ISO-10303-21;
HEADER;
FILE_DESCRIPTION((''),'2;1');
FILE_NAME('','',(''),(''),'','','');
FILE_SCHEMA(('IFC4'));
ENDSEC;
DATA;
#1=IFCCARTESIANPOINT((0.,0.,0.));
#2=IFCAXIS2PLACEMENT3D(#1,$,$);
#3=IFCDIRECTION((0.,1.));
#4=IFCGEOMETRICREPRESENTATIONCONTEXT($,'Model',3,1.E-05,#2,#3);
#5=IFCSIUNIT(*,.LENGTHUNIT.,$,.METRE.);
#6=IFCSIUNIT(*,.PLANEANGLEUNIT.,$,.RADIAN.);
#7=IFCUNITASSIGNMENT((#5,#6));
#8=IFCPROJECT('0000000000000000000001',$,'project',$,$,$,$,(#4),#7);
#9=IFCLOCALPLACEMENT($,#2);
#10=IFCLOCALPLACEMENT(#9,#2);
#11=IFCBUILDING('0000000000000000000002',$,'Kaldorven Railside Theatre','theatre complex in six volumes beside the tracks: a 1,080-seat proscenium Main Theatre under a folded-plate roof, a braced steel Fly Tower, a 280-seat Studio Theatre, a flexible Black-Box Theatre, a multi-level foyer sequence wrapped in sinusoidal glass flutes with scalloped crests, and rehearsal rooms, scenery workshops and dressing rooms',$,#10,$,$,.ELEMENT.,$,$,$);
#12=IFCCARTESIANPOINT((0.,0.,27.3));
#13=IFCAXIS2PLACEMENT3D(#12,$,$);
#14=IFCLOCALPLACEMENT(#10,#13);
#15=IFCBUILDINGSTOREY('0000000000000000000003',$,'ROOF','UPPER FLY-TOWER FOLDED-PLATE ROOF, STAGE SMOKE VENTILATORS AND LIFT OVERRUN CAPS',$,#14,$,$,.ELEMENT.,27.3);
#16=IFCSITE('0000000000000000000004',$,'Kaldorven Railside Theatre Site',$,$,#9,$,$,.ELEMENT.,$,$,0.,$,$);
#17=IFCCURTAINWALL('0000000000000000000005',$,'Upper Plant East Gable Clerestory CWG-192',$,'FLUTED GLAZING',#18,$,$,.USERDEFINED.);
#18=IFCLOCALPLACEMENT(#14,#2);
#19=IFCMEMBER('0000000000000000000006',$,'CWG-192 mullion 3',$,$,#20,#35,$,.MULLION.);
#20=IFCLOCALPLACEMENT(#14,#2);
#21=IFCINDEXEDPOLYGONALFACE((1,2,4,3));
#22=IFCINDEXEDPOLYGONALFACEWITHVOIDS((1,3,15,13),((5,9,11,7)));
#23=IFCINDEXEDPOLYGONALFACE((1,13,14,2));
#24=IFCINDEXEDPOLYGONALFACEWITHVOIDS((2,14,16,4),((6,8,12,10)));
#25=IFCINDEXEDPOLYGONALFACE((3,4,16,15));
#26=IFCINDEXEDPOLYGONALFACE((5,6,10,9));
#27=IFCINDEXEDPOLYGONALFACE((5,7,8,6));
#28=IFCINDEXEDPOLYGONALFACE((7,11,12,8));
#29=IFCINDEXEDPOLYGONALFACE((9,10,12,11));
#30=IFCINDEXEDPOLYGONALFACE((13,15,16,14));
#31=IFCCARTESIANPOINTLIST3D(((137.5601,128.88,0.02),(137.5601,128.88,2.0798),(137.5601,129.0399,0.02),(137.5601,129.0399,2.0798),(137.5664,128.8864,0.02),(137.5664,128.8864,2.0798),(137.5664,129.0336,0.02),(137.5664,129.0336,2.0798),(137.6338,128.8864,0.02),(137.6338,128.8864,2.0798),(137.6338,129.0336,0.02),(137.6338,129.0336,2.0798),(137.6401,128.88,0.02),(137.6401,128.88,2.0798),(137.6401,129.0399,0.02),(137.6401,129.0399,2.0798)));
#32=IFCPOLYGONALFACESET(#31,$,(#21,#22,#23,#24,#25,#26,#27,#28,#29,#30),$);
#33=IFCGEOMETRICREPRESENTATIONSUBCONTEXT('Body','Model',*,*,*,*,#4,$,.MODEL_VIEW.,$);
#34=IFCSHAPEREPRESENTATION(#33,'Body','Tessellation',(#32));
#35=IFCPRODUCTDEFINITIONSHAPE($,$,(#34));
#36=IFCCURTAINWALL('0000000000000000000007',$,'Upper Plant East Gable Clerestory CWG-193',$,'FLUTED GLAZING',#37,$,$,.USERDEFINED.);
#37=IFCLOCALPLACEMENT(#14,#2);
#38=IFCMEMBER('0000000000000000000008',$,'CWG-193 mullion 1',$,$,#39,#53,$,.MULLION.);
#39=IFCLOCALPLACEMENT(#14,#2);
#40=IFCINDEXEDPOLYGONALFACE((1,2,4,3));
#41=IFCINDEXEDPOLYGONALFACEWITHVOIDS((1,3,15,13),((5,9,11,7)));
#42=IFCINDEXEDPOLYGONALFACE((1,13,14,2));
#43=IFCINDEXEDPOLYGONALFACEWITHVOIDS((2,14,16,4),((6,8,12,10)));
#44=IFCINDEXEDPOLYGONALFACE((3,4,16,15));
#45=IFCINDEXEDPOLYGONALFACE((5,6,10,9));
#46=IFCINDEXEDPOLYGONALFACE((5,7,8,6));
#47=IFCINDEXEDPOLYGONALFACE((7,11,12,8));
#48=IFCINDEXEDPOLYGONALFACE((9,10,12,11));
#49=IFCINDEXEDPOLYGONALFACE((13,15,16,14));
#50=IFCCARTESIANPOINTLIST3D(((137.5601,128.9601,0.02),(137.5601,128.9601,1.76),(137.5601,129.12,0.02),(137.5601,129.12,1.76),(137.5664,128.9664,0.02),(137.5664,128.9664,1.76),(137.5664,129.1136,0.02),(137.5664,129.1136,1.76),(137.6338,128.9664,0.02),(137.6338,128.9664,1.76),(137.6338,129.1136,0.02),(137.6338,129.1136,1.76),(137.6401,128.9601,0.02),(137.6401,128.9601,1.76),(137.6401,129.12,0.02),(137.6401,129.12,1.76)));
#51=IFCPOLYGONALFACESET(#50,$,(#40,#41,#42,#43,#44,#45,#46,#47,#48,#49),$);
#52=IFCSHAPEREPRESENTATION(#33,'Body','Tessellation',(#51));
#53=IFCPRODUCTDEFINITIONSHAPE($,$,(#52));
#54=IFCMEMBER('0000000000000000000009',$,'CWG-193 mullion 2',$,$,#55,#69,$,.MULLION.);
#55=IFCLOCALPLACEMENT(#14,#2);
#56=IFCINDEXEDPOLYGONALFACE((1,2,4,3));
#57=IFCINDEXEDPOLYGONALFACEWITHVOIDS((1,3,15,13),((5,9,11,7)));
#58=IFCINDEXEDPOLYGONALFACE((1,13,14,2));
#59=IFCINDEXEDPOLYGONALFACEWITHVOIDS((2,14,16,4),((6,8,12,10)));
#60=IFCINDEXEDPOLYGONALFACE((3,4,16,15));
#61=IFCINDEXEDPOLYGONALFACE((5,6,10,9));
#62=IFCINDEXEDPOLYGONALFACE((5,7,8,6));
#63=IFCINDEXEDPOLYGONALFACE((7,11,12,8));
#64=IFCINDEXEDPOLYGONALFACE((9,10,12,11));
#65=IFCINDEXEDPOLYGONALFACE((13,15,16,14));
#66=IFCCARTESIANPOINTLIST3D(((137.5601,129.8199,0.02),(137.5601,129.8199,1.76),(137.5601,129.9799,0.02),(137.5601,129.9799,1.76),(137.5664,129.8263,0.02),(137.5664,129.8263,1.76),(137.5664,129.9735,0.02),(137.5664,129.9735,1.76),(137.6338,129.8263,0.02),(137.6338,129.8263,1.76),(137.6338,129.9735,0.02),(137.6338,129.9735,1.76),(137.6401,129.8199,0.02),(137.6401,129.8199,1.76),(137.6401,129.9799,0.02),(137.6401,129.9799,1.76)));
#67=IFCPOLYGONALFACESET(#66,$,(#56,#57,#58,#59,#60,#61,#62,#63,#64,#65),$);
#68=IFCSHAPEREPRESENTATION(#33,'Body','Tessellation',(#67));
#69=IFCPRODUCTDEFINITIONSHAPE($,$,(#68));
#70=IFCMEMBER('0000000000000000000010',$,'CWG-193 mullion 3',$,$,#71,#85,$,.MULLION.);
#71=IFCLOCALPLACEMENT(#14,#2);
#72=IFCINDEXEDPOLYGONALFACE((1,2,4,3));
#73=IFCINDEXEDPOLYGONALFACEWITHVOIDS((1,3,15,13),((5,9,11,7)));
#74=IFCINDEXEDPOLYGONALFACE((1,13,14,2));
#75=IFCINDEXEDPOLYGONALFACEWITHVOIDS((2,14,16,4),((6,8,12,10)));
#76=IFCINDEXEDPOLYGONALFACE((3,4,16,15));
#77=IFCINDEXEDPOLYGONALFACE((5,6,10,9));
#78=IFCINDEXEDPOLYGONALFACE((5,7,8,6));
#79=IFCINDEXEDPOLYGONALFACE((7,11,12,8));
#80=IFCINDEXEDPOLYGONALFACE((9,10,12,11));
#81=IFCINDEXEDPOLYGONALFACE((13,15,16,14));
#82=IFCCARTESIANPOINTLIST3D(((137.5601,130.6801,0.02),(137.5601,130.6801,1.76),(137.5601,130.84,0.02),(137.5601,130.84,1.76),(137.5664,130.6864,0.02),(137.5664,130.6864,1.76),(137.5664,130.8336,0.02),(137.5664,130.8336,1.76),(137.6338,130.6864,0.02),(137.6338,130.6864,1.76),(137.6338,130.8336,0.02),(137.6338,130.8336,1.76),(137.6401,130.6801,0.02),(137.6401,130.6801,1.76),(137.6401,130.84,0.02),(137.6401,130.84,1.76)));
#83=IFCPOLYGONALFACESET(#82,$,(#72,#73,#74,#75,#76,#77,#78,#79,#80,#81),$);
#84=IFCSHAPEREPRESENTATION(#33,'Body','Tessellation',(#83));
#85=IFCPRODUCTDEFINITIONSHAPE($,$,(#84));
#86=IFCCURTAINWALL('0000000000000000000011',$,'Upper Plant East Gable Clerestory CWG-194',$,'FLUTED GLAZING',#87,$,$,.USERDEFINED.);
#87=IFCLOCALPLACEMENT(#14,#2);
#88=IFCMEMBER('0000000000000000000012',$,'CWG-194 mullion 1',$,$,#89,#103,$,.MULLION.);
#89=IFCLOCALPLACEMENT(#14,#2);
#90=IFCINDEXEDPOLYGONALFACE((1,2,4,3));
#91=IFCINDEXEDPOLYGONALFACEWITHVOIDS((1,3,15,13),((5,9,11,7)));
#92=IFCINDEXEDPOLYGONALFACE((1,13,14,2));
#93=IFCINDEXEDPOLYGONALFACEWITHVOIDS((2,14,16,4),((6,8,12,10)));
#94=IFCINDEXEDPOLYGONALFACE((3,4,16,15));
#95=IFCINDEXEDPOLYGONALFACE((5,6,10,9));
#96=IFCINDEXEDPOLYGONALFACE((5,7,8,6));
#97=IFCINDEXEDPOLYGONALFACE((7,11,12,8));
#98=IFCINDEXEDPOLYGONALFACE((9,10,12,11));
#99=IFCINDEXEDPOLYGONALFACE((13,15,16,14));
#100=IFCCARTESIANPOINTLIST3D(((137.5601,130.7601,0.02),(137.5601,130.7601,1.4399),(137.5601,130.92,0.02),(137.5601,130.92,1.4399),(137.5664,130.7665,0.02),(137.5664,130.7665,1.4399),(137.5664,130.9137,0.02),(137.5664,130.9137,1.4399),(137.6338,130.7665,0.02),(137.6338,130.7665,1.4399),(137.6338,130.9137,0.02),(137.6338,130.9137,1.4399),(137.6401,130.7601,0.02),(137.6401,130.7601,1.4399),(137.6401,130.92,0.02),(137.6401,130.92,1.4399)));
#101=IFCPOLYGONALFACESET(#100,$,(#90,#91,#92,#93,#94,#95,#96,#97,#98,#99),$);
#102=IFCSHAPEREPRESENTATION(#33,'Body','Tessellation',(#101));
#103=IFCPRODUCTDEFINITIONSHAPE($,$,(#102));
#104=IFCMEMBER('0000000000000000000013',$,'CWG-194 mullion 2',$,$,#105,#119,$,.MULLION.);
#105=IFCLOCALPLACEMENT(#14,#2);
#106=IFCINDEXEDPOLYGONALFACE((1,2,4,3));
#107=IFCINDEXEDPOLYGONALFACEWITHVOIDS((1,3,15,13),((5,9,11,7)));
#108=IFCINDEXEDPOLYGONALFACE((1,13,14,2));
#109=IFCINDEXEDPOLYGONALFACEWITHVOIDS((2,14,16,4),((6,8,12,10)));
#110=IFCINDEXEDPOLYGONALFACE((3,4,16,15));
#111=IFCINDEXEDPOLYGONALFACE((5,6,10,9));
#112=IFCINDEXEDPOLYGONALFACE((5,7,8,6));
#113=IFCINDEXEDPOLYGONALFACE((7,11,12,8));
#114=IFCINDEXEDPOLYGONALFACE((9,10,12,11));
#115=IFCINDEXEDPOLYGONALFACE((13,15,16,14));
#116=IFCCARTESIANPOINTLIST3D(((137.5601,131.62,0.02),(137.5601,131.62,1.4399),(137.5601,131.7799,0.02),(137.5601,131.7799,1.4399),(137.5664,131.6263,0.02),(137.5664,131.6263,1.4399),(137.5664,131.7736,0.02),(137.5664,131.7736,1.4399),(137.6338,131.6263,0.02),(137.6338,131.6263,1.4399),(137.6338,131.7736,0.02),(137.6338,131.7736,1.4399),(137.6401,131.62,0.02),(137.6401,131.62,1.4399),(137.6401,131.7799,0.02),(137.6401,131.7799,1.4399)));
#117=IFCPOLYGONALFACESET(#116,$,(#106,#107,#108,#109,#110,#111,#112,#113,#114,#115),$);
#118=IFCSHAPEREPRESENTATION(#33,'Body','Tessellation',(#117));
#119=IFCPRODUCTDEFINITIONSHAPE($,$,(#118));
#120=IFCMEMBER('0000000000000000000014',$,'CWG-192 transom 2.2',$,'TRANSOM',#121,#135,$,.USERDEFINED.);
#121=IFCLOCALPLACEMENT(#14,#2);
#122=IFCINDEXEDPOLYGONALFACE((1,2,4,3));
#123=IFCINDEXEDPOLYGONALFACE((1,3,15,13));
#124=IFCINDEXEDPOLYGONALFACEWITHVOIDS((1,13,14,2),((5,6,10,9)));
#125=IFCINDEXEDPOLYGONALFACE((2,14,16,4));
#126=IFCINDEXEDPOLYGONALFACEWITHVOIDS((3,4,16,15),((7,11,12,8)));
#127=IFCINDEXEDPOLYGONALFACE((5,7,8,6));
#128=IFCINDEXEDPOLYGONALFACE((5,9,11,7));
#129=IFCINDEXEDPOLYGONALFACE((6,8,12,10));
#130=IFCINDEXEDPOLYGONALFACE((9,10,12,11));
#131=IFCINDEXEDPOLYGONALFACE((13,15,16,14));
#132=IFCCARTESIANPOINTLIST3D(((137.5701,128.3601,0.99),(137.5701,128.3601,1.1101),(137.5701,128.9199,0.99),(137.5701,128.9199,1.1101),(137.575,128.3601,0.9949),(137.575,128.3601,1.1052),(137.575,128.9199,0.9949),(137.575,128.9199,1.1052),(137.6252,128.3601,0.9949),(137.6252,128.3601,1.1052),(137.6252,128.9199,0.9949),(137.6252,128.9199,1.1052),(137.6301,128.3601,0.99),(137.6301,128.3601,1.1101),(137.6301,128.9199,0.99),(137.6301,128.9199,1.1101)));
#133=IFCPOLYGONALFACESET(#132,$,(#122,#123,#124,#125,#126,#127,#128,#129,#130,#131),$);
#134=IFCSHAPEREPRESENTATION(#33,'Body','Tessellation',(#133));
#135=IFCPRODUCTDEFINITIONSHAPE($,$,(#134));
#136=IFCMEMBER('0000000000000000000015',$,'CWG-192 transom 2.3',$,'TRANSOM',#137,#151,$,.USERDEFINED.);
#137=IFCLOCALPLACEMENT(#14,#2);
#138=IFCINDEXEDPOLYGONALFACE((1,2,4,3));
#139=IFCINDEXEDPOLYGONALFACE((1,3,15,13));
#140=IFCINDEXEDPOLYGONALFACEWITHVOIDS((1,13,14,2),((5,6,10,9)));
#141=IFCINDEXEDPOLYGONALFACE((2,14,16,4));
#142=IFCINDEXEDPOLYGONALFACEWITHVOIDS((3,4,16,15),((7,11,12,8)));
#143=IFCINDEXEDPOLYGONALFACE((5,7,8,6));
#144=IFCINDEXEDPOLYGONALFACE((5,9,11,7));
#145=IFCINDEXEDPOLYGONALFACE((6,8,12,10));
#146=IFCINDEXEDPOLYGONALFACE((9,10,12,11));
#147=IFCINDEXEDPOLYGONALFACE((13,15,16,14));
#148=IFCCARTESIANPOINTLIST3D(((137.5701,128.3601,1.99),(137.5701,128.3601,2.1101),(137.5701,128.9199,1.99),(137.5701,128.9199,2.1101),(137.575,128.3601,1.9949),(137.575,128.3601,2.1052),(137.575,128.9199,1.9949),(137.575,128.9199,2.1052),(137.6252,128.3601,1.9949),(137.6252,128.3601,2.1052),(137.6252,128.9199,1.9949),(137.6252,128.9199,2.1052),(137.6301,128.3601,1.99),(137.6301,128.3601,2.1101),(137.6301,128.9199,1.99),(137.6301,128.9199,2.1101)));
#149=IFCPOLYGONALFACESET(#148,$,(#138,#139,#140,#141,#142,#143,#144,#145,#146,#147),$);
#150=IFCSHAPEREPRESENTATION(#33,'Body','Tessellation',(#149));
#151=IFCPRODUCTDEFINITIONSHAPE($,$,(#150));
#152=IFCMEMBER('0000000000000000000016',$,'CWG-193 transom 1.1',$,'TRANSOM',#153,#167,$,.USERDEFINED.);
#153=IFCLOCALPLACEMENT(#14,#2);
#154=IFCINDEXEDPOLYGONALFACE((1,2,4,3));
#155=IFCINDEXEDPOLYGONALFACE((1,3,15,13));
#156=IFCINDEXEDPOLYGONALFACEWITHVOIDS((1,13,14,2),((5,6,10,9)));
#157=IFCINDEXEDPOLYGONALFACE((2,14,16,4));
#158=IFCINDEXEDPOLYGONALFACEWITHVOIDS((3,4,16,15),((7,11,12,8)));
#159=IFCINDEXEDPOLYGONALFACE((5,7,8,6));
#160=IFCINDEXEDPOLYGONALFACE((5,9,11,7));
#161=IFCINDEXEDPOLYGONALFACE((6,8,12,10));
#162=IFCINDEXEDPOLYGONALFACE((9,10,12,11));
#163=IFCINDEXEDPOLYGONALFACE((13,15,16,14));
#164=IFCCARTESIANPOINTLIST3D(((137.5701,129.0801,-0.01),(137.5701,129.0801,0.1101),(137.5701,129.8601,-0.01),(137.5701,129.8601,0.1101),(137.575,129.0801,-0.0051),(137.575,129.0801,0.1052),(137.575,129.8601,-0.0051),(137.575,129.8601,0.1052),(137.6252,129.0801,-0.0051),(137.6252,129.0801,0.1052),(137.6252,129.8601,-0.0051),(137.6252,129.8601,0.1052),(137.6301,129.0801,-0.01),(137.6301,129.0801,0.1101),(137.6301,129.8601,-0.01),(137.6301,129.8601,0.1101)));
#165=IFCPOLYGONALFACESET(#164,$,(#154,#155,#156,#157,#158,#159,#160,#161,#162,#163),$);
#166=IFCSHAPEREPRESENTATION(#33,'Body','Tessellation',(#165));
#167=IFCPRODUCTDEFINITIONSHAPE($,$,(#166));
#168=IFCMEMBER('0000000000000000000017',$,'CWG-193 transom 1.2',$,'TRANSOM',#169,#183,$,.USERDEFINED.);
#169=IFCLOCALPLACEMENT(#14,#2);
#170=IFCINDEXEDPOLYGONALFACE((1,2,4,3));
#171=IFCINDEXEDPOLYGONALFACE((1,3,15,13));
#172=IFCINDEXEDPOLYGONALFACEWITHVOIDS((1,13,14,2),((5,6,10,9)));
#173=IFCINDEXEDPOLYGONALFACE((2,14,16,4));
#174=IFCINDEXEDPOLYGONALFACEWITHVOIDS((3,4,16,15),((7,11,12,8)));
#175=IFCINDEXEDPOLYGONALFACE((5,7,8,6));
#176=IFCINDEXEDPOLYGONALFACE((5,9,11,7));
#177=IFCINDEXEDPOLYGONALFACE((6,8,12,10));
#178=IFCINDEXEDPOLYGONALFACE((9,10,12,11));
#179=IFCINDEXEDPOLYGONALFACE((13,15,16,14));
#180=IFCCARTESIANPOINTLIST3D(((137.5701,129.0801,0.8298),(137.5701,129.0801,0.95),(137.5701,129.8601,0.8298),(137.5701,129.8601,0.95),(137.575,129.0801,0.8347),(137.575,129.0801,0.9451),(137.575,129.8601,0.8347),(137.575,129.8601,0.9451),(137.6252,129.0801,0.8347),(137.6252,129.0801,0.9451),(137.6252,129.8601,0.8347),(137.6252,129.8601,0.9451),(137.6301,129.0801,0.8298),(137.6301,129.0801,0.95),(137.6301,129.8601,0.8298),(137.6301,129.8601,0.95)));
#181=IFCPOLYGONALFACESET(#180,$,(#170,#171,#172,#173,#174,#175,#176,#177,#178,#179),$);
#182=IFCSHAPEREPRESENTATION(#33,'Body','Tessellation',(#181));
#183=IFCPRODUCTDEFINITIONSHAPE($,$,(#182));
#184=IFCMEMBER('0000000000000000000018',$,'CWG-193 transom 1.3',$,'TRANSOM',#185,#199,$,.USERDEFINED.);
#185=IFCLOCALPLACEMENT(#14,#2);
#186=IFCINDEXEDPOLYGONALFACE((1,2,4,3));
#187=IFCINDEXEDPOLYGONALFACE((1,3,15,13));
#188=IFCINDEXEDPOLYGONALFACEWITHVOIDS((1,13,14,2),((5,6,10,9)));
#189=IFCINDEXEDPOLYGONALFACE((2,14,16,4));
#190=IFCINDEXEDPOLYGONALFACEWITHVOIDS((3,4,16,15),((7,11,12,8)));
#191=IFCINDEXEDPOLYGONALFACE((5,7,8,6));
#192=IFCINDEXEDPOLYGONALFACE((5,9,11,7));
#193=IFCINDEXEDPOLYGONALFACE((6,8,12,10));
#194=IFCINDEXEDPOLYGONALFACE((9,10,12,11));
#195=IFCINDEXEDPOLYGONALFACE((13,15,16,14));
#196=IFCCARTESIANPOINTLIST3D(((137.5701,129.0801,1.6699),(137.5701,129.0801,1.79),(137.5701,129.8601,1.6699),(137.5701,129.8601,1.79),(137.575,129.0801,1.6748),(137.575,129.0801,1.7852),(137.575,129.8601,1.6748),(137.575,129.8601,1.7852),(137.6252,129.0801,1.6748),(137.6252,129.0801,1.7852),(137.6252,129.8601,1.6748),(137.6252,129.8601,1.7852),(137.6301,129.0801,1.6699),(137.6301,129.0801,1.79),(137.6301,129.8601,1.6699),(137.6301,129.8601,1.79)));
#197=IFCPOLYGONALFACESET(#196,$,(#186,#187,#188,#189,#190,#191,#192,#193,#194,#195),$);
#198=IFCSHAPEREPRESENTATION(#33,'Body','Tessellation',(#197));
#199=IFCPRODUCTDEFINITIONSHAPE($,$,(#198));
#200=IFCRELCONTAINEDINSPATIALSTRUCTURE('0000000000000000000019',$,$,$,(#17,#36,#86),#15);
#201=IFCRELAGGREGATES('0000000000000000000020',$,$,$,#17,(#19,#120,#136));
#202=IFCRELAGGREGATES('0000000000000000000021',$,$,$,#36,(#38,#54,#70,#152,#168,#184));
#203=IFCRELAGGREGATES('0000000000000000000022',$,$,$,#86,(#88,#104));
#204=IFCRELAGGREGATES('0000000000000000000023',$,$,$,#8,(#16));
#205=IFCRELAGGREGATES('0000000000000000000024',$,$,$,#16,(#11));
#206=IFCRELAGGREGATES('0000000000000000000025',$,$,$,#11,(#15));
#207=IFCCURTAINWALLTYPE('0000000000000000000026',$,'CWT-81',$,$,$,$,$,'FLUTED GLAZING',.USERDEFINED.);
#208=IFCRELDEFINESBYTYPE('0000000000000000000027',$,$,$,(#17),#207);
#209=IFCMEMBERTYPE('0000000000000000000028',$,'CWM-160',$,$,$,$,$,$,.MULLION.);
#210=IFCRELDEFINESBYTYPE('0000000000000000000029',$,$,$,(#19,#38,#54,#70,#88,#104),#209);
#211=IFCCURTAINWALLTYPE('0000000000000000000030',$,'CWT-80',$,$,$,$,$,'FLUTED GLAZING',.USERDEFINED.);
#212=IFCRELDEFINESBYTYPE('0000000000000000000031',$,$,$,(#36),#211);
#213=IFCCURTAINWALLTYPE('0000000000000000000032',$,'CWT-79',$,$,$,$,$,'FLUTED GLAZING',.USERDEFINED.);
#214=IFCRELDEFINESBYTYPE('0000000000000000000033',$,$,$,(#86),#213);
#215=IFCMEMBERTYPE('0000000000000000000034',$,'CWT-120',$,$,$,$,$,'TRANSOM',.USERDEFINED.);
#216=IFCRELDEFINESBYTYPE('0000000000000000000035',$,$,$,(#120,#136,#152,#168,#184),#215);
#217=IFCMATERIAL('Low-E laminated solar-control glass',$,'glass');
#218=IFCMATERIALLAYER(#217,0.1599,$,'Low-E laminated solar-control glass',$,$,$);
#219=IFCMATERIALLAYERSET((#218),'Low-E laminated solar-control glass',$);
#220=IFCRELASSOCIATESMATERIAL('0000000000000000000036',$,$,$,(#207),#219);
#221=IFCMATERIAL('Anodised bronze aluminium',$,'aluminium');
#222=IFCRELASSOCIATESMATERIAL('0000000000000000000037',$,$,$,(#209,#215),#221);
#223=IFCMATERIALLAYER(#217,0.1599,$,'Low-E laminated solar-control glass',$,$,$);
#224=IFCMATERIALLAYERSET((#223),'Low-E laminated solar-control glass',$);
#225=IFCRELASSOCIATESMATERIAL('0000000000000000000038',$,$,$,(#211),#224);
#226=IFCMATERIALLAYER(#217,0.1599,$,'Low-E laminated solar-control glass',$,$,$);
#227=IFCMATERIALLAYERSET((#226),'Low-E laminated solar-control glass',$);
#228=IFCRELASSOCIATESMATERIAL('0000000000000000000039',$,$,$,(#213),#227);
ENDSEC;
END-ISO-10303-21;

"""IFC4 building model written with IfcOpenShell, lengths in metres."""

from ifc_helpers import new_model, si_unit, direction, frame, origin, origin_2d, place, context, subcontext, project, spatial, hollow_rectangle, extrude, material, layer, layer_set, material_profile, profile_set, type_object, element, aggregate, save


model = new_model("IFC4")

# Units and contexts
model_context = context("Model", 3, precision=1e-05, world=origin(), true_north=direction((0.0, 1.0)))
body_context = subcontext(model_context, "Body", "Model", "MODEL_VIEW")
ifc_project = project(units=[si_unit("LENGTHUNIT", "METRE"), si_unit("PLANEANGLEUNIT", "RADIAN")], contexts=[model_context])

# Site, building, storey
site_placement = place(None, origin())
site = spatial("IfcSite", under=ifc_project, at=site_placement, Name="Kaldorven Railside Theatre Site", CompositionType="ELEMENT", RefElevation=0.0)
building_placement = place(site_placement, origin())
building = spatial("IfcBuilding", under=site, at=building_placement, Name="Kaldorven Railside Theatre", Description="theatre complex in six volumes beside the tracks: a 1,080-seat proscenium Main Theatre under a folded-plate roof, a braced steel Fly Tower, a 280-seat Studio Theatre, a flexible Black-Box Theatre, a multi-level foyer sequence wrapped in sinusoidal glass flutes with scalloped crests, and rehearsal rooms, scenery workshops and dressing rooms", CompositionType="ELEMENT")
storey_placement = place(building_placement, frame((0.0, 0.0, 27.3)))
storey = spatial("IfcBuildingStorey", under=building, at=storey_placement, Name="ROOF", Description="UPPER FLY-TOWER FOLDED-PLATE ROOF, STAGE SMOKE VENTILATORS AND LIFT OVERRUN CAPS", CompositionType="ELEMENT", Elevation=27.3)

# Curtain wall, member
ifc_material_1 = material(Name="Low-E laminated solar-control glass", Category="glass")
ifc_layer_1 = layer(ifc_material_1, 0.1599, Name="Low-E laminated solar-control glass")
ifc_layer_set_1 = layer_set([ifc_layer_1], Name="Low-E laminated solar-control glass")
curtain_wall_type_1 = type_object("IfcCurtainWallType", Name="CWT-81", ElementType="FLUTED GLAZING", PredefinedType="USERDEFINED", material=ifc_layer_set_1)
curtain_wall_1_placement = place(storey_placement, origin())
curtain_wall_1 = element("IfcCurtainWall", 1, at=curtain_wall_1_placement, inside=storey, type_object=curtain_wall_type_1, Name="Upper Plant East Gable Clerestory CWG-192", ObjectType="FLUTED GLAZING", PredefinedType="USERDEFINED")
ifc_material_2 = material(Name="Anodised bronze aluminium", Category="aluminium")
ifc_material_profile_1 = material_profile(ifc_material_2, hollow_rectangle(XDim=0.0801, YDim=0.1599, WallThickness=0.0063, at=origin_2d()), Name="RHS 160x80x6.3")
ifc_profile_set_1 = profile_set([ifc_material_profile_1], Name="Anodised bronze aluminium")
member_type_1 = type_object("IfcMemberType", Name="CWM-160", PredefinedType="MULLION", material=ifc_profile_set_1)
member_1_placement = place(storey_placement, frame((137.6001, 128.96, 0.02), z_axis=(0.0, 0.0, 1.0), x_axis=(-1.0, 0.0, 0.0)))
member_1 = element("IfcMember", 2, at=member_1_placement, type_object=member_type_1, Name="CWG-192 mullion 3", PredefinedType="MULLION", context=body_context, shape_type="SweptSolid", body=[
    extrude(hollow_rectangle(XDim=0.0801, YDim=0.1599, WallThickness=0.0063, at=origin_2d()), origin(), (0.0, 0.0, 1.0), 2.0598),
])

# Curtain walls, members
ifc_layer_2 = layer(ifc_material_1, 0.1599, Name="Low-E laminated solar-control glass")
ifc_layer_set_2 = layer_set([ifc_layer_2], Name="Low-E laminated solar-control glass")
curtain_wall_type_2 = type_object("IfcCurtainWallType", Name="CWT-80", ElementType="FLUTED GLAZING", PredefinedType="USERDEFINED", material=ifc_layer_set_2)
curtain_wall_2_placement = place(storey_placement, origin())
curtain_wall_2 = element("IfcCurtainWall", 3, at=curtain_wall_2_placement, inside=storey, type_object=curtain_wall_type_2, Name="Upper Plant East Gable Clerestory CWG-193", ObjectType="FLUTED GLAZING", PredefinedType="USERDEFINED")
member_2_placement = place(storey_placement, frame((137.6001, 129.04, 0.02), z_axis=(0.0, 0.0, 1.0), x_axis=(-1.0, 0.0, 0.0)))
member_2 = element("IfcMember", 4, at=member_2_placement, type_object=member_type_1, Name="CWG-193 mullion 1", PredefinedType="MULLION", context=body_context, shape_type="SweptSolid", body=[
    extrude(hollow_rectangle(XDim=0.0801, YDim=0.1599, WallThickness=0.0063, at=origin_2d()), origin(), (0.0, 0.0, 1.0), 1.74),
])
member_3_placement = place(storey_placement, frame((137.6001, 129.8999, 0.02), z_axis=(0.0, 0.0, 1.0), x_axis=(-1.0, 0.0, 0.0)))
member_3 = element("IfcMember", 5, at=member_3_placement, type_object=member_type_1, Name="CWG-193 mullion 2", PredefinedType="MULLION", context=body_context, shape_type="SweptSolid", body=[
    extrude(hollow_rectangle(XDim=0.0801, YDim=0.1599, WallThickness=0.0063, at=origin_2d()), origin(), (0.0, 0.0, 1.0), 1.74),
])
member_4_placement = place(storey_placement, frame((137.6001, 130.76, 0.02), z_axis=(0.0, 0.0, 1.0), x_axis=(-1.0, 0.0, 0.0)))
member_4 = element("IfcMember", 6, at=member_4_placement, type_object=member_type_1, Name="CWG-193 mullion 3", PredefinedType="MULLION", context=body_context, shape_type="SweptSolid", body=[
    extrude(hollow_rectangle(XDim=0.0801, YDim=0.1599, WallThickness=0.0063, at=origin_2d()), origin(), (0.0, 0.0, 1.0), 1.74),
])
ifc_layer_3 = layer(ifc_material_1, 0.1599, Name="Low-E laminated solar-control glass")
ifc_layer_set_3 = layer_set([ifc_layer_3], Name="Low-E laminated solar-control glass")
curtain_wall_type_3 = type_object("IfcCurtainWallType", Name="CWT-79", ElementType="FLUTED GLAZING", PredefinedType="USERDEFINED", material=ifc_layer_set_3)
curtain_wall_3_placement = place(storey_placement, origin())
curtain_wall_3 = element("IfcCurtainWall", 7, at=curtain_wall_3_placement, inside=storey, type_object=curtain_wall_type_3, Name="Upper Plant East Gable Clerestory CWG-194", ObjectType="FLUTED GLAZING", PredefinedType="USERDEFINED")
member_5_placement = place(storey_placement, frame((137.6001, 130.8401, 0.02), z_axis=(0.0, 0.0, 1.0), x_axis=(-1.0, 0.0, 0.0)))
member_5 = element("IfcMember", 8, at=member_5_placement, type_object=member_type_1, Name="CWG-194 mullion 1", PredefinedType="MULLION", context=body_context, shape_type="SweptSolid", body=[
    extrude(hollow_rectangle(XDim=0.0801, YDim=0.1599, WallThickness=0.0063, at=origin_2d()), origin(), (0.0, 0.0, 1.0), 1.4199),
])
member_6_placement = place(storey_placement, frame((137.6001, 131.7, 0.02), z_axis=(0.0, 0.0, 1.0), x_axis=(-1.0, 0.0, 0.0)))
member_6 = element("IfcMember", 9, at=member_6_placement, type_object=member_type_1, Name="CWG-194 mullion 2", PredefinedType="MULLION", context=body_context, shape_type="SweptSolid", body=[
    extrude(hollow_rectangle(XDim=0.0801, YDim=0.1599, WallThickness=0.0063, at=origin_2d()), origin(), (0.0, 0.0, 1.0), 1.4199),
])

# Members
ifc_material_profile_2 = material_profile(ifc_material_2, hollow_rectangle(XDim=0.0601, YDim=0.1201, WallThickness=0.0049, at=origin_2d()), Name="RHS 120x60x5")
ifc_profile_set_2 = profile_set([ifc_material_profile_2], Name="Anodised bronze aluminium")
member_type_2 = type_object("IfcMemberType", Name="CWT-120", ElementType="TRANSOM", PredefinedType="USERDEFINED", material=ifc_profile_set_2)
member_7_placement = place(storey_placement, frame((137.6001, 128.3601, 1.05), z_axis=(0.0, 1.0, 0.0), x_axis=(-1.0, 0.0, 0.0)))
member_7 = element("IfcMember", 10, at=member_7_placement, type_object=member_type_2, Name="CWG-192 transom 2.2", ObjectType="TRANSOM", PredefinedType="USERDEFINED", context=body_context, shape_type="SweptSolid", body=[
    extrude(hollow_rectangle(XDim=0.0601, YDim=0.1201, WallThickness=0.0049, at=origin_2d()), origin(), (0.0, 0.0, 1.0), 0.5598),
])
member_8_placement = place(storey_placement, frame((137.6001, 128.3601, 2.05), z_axis=(0.0, 1.0, 0.0), x_axis=(-1.0, 0.0, 0.0)))
member_8 = element("IfcMember", 11, at=member_8_placement, type_object=member_type_2, Name="CWG-192 transom 2.3", ObjectType="TRANSOM", PredefinedType="USERDEFINED", context=body_context, shape_type="SweptSolid", body=[
    extrude(hollow_rectangle(XDim=0.0601, YDim=0.1201, WallThickness=0.0049, at=origin_2d()), origin(), (0.0, 0.0, 1.0), 0.5598),
])
member_9_placement = place(storey_placement, frame((137.6001, 129.0801, 0.05), z_axis=(0.0, 1.0, 0.0), x_axis=(-1.0, 0.0, 0.0)))
member_9 = element("IfcMember", 12, at=member_9_placement, type_object=member_type_2, Name="CWG-193 transom 1.1", ObjectType="TRANSOM", PredefinedType="USERDEFINED", context=body_context, shape_type="SweptSolid", body=[
    extrude(hollow_rectangle(XDim=0.0601, YDim=0.1201, WallThickness=0.0049, at=origin_2d()), origin(), (0.0, 0.0, 1.0), 0.78),
])
member_10_placement = place(storey_placement, frame((137.6001, 129.0801, 0.8899), z_axis=(0.0, 1.0, 0.0), x_axis=(-1.0, 0.0, 0.0)))
member_10 = element("IfcMember", 13, at=member_10_placement, type_object=member_type_2, Name="CWG-193 transom 1.2", ObjectType="TRANSOM", PredefinedType="USERDEFINED", context=body_context, shape_type="SweptSolid", body=[
    extrude(hollow_rectangle(XDim=0.0601, YDim=0.1201, WallThickness=0.0049, at=origin_2d()), origin(), (0.0, 0.0, 1.0), 0.78),
])
member_11_placement = place(storey_placement, frame((137.6001, 129.0801, 1.73), z_axis=(0.0, 1.0, 0.0), x_axis=(-1.0, 0.0, 0.0)))
member_11 = element("IfcMember", 14, at=member_11_placement, type_object=member_type_2, Name="CWG-193 transom 1.3", ObjectType="TRANSOM", PredefinedType="USERDEFINED", context=body_context, shape_type="SweptSolid", body=[
    extrude(hollow_rectangle(XDim=0.0601, YDim=0.1201, WallThickness=0.0049, at=origin_2d()), origin(), (0.0, 0.0, 1.0), 0.78),
])

aggregate(curtain_wall_1, [member_1, member_7, member_8])
aggregate(curtain_wall_2, [member_2, member_3, member_4, member_9, member_10, member_11])
aggregate(curtain_wall_3, [member_5, member_6])

save(model, "model.ifc")
